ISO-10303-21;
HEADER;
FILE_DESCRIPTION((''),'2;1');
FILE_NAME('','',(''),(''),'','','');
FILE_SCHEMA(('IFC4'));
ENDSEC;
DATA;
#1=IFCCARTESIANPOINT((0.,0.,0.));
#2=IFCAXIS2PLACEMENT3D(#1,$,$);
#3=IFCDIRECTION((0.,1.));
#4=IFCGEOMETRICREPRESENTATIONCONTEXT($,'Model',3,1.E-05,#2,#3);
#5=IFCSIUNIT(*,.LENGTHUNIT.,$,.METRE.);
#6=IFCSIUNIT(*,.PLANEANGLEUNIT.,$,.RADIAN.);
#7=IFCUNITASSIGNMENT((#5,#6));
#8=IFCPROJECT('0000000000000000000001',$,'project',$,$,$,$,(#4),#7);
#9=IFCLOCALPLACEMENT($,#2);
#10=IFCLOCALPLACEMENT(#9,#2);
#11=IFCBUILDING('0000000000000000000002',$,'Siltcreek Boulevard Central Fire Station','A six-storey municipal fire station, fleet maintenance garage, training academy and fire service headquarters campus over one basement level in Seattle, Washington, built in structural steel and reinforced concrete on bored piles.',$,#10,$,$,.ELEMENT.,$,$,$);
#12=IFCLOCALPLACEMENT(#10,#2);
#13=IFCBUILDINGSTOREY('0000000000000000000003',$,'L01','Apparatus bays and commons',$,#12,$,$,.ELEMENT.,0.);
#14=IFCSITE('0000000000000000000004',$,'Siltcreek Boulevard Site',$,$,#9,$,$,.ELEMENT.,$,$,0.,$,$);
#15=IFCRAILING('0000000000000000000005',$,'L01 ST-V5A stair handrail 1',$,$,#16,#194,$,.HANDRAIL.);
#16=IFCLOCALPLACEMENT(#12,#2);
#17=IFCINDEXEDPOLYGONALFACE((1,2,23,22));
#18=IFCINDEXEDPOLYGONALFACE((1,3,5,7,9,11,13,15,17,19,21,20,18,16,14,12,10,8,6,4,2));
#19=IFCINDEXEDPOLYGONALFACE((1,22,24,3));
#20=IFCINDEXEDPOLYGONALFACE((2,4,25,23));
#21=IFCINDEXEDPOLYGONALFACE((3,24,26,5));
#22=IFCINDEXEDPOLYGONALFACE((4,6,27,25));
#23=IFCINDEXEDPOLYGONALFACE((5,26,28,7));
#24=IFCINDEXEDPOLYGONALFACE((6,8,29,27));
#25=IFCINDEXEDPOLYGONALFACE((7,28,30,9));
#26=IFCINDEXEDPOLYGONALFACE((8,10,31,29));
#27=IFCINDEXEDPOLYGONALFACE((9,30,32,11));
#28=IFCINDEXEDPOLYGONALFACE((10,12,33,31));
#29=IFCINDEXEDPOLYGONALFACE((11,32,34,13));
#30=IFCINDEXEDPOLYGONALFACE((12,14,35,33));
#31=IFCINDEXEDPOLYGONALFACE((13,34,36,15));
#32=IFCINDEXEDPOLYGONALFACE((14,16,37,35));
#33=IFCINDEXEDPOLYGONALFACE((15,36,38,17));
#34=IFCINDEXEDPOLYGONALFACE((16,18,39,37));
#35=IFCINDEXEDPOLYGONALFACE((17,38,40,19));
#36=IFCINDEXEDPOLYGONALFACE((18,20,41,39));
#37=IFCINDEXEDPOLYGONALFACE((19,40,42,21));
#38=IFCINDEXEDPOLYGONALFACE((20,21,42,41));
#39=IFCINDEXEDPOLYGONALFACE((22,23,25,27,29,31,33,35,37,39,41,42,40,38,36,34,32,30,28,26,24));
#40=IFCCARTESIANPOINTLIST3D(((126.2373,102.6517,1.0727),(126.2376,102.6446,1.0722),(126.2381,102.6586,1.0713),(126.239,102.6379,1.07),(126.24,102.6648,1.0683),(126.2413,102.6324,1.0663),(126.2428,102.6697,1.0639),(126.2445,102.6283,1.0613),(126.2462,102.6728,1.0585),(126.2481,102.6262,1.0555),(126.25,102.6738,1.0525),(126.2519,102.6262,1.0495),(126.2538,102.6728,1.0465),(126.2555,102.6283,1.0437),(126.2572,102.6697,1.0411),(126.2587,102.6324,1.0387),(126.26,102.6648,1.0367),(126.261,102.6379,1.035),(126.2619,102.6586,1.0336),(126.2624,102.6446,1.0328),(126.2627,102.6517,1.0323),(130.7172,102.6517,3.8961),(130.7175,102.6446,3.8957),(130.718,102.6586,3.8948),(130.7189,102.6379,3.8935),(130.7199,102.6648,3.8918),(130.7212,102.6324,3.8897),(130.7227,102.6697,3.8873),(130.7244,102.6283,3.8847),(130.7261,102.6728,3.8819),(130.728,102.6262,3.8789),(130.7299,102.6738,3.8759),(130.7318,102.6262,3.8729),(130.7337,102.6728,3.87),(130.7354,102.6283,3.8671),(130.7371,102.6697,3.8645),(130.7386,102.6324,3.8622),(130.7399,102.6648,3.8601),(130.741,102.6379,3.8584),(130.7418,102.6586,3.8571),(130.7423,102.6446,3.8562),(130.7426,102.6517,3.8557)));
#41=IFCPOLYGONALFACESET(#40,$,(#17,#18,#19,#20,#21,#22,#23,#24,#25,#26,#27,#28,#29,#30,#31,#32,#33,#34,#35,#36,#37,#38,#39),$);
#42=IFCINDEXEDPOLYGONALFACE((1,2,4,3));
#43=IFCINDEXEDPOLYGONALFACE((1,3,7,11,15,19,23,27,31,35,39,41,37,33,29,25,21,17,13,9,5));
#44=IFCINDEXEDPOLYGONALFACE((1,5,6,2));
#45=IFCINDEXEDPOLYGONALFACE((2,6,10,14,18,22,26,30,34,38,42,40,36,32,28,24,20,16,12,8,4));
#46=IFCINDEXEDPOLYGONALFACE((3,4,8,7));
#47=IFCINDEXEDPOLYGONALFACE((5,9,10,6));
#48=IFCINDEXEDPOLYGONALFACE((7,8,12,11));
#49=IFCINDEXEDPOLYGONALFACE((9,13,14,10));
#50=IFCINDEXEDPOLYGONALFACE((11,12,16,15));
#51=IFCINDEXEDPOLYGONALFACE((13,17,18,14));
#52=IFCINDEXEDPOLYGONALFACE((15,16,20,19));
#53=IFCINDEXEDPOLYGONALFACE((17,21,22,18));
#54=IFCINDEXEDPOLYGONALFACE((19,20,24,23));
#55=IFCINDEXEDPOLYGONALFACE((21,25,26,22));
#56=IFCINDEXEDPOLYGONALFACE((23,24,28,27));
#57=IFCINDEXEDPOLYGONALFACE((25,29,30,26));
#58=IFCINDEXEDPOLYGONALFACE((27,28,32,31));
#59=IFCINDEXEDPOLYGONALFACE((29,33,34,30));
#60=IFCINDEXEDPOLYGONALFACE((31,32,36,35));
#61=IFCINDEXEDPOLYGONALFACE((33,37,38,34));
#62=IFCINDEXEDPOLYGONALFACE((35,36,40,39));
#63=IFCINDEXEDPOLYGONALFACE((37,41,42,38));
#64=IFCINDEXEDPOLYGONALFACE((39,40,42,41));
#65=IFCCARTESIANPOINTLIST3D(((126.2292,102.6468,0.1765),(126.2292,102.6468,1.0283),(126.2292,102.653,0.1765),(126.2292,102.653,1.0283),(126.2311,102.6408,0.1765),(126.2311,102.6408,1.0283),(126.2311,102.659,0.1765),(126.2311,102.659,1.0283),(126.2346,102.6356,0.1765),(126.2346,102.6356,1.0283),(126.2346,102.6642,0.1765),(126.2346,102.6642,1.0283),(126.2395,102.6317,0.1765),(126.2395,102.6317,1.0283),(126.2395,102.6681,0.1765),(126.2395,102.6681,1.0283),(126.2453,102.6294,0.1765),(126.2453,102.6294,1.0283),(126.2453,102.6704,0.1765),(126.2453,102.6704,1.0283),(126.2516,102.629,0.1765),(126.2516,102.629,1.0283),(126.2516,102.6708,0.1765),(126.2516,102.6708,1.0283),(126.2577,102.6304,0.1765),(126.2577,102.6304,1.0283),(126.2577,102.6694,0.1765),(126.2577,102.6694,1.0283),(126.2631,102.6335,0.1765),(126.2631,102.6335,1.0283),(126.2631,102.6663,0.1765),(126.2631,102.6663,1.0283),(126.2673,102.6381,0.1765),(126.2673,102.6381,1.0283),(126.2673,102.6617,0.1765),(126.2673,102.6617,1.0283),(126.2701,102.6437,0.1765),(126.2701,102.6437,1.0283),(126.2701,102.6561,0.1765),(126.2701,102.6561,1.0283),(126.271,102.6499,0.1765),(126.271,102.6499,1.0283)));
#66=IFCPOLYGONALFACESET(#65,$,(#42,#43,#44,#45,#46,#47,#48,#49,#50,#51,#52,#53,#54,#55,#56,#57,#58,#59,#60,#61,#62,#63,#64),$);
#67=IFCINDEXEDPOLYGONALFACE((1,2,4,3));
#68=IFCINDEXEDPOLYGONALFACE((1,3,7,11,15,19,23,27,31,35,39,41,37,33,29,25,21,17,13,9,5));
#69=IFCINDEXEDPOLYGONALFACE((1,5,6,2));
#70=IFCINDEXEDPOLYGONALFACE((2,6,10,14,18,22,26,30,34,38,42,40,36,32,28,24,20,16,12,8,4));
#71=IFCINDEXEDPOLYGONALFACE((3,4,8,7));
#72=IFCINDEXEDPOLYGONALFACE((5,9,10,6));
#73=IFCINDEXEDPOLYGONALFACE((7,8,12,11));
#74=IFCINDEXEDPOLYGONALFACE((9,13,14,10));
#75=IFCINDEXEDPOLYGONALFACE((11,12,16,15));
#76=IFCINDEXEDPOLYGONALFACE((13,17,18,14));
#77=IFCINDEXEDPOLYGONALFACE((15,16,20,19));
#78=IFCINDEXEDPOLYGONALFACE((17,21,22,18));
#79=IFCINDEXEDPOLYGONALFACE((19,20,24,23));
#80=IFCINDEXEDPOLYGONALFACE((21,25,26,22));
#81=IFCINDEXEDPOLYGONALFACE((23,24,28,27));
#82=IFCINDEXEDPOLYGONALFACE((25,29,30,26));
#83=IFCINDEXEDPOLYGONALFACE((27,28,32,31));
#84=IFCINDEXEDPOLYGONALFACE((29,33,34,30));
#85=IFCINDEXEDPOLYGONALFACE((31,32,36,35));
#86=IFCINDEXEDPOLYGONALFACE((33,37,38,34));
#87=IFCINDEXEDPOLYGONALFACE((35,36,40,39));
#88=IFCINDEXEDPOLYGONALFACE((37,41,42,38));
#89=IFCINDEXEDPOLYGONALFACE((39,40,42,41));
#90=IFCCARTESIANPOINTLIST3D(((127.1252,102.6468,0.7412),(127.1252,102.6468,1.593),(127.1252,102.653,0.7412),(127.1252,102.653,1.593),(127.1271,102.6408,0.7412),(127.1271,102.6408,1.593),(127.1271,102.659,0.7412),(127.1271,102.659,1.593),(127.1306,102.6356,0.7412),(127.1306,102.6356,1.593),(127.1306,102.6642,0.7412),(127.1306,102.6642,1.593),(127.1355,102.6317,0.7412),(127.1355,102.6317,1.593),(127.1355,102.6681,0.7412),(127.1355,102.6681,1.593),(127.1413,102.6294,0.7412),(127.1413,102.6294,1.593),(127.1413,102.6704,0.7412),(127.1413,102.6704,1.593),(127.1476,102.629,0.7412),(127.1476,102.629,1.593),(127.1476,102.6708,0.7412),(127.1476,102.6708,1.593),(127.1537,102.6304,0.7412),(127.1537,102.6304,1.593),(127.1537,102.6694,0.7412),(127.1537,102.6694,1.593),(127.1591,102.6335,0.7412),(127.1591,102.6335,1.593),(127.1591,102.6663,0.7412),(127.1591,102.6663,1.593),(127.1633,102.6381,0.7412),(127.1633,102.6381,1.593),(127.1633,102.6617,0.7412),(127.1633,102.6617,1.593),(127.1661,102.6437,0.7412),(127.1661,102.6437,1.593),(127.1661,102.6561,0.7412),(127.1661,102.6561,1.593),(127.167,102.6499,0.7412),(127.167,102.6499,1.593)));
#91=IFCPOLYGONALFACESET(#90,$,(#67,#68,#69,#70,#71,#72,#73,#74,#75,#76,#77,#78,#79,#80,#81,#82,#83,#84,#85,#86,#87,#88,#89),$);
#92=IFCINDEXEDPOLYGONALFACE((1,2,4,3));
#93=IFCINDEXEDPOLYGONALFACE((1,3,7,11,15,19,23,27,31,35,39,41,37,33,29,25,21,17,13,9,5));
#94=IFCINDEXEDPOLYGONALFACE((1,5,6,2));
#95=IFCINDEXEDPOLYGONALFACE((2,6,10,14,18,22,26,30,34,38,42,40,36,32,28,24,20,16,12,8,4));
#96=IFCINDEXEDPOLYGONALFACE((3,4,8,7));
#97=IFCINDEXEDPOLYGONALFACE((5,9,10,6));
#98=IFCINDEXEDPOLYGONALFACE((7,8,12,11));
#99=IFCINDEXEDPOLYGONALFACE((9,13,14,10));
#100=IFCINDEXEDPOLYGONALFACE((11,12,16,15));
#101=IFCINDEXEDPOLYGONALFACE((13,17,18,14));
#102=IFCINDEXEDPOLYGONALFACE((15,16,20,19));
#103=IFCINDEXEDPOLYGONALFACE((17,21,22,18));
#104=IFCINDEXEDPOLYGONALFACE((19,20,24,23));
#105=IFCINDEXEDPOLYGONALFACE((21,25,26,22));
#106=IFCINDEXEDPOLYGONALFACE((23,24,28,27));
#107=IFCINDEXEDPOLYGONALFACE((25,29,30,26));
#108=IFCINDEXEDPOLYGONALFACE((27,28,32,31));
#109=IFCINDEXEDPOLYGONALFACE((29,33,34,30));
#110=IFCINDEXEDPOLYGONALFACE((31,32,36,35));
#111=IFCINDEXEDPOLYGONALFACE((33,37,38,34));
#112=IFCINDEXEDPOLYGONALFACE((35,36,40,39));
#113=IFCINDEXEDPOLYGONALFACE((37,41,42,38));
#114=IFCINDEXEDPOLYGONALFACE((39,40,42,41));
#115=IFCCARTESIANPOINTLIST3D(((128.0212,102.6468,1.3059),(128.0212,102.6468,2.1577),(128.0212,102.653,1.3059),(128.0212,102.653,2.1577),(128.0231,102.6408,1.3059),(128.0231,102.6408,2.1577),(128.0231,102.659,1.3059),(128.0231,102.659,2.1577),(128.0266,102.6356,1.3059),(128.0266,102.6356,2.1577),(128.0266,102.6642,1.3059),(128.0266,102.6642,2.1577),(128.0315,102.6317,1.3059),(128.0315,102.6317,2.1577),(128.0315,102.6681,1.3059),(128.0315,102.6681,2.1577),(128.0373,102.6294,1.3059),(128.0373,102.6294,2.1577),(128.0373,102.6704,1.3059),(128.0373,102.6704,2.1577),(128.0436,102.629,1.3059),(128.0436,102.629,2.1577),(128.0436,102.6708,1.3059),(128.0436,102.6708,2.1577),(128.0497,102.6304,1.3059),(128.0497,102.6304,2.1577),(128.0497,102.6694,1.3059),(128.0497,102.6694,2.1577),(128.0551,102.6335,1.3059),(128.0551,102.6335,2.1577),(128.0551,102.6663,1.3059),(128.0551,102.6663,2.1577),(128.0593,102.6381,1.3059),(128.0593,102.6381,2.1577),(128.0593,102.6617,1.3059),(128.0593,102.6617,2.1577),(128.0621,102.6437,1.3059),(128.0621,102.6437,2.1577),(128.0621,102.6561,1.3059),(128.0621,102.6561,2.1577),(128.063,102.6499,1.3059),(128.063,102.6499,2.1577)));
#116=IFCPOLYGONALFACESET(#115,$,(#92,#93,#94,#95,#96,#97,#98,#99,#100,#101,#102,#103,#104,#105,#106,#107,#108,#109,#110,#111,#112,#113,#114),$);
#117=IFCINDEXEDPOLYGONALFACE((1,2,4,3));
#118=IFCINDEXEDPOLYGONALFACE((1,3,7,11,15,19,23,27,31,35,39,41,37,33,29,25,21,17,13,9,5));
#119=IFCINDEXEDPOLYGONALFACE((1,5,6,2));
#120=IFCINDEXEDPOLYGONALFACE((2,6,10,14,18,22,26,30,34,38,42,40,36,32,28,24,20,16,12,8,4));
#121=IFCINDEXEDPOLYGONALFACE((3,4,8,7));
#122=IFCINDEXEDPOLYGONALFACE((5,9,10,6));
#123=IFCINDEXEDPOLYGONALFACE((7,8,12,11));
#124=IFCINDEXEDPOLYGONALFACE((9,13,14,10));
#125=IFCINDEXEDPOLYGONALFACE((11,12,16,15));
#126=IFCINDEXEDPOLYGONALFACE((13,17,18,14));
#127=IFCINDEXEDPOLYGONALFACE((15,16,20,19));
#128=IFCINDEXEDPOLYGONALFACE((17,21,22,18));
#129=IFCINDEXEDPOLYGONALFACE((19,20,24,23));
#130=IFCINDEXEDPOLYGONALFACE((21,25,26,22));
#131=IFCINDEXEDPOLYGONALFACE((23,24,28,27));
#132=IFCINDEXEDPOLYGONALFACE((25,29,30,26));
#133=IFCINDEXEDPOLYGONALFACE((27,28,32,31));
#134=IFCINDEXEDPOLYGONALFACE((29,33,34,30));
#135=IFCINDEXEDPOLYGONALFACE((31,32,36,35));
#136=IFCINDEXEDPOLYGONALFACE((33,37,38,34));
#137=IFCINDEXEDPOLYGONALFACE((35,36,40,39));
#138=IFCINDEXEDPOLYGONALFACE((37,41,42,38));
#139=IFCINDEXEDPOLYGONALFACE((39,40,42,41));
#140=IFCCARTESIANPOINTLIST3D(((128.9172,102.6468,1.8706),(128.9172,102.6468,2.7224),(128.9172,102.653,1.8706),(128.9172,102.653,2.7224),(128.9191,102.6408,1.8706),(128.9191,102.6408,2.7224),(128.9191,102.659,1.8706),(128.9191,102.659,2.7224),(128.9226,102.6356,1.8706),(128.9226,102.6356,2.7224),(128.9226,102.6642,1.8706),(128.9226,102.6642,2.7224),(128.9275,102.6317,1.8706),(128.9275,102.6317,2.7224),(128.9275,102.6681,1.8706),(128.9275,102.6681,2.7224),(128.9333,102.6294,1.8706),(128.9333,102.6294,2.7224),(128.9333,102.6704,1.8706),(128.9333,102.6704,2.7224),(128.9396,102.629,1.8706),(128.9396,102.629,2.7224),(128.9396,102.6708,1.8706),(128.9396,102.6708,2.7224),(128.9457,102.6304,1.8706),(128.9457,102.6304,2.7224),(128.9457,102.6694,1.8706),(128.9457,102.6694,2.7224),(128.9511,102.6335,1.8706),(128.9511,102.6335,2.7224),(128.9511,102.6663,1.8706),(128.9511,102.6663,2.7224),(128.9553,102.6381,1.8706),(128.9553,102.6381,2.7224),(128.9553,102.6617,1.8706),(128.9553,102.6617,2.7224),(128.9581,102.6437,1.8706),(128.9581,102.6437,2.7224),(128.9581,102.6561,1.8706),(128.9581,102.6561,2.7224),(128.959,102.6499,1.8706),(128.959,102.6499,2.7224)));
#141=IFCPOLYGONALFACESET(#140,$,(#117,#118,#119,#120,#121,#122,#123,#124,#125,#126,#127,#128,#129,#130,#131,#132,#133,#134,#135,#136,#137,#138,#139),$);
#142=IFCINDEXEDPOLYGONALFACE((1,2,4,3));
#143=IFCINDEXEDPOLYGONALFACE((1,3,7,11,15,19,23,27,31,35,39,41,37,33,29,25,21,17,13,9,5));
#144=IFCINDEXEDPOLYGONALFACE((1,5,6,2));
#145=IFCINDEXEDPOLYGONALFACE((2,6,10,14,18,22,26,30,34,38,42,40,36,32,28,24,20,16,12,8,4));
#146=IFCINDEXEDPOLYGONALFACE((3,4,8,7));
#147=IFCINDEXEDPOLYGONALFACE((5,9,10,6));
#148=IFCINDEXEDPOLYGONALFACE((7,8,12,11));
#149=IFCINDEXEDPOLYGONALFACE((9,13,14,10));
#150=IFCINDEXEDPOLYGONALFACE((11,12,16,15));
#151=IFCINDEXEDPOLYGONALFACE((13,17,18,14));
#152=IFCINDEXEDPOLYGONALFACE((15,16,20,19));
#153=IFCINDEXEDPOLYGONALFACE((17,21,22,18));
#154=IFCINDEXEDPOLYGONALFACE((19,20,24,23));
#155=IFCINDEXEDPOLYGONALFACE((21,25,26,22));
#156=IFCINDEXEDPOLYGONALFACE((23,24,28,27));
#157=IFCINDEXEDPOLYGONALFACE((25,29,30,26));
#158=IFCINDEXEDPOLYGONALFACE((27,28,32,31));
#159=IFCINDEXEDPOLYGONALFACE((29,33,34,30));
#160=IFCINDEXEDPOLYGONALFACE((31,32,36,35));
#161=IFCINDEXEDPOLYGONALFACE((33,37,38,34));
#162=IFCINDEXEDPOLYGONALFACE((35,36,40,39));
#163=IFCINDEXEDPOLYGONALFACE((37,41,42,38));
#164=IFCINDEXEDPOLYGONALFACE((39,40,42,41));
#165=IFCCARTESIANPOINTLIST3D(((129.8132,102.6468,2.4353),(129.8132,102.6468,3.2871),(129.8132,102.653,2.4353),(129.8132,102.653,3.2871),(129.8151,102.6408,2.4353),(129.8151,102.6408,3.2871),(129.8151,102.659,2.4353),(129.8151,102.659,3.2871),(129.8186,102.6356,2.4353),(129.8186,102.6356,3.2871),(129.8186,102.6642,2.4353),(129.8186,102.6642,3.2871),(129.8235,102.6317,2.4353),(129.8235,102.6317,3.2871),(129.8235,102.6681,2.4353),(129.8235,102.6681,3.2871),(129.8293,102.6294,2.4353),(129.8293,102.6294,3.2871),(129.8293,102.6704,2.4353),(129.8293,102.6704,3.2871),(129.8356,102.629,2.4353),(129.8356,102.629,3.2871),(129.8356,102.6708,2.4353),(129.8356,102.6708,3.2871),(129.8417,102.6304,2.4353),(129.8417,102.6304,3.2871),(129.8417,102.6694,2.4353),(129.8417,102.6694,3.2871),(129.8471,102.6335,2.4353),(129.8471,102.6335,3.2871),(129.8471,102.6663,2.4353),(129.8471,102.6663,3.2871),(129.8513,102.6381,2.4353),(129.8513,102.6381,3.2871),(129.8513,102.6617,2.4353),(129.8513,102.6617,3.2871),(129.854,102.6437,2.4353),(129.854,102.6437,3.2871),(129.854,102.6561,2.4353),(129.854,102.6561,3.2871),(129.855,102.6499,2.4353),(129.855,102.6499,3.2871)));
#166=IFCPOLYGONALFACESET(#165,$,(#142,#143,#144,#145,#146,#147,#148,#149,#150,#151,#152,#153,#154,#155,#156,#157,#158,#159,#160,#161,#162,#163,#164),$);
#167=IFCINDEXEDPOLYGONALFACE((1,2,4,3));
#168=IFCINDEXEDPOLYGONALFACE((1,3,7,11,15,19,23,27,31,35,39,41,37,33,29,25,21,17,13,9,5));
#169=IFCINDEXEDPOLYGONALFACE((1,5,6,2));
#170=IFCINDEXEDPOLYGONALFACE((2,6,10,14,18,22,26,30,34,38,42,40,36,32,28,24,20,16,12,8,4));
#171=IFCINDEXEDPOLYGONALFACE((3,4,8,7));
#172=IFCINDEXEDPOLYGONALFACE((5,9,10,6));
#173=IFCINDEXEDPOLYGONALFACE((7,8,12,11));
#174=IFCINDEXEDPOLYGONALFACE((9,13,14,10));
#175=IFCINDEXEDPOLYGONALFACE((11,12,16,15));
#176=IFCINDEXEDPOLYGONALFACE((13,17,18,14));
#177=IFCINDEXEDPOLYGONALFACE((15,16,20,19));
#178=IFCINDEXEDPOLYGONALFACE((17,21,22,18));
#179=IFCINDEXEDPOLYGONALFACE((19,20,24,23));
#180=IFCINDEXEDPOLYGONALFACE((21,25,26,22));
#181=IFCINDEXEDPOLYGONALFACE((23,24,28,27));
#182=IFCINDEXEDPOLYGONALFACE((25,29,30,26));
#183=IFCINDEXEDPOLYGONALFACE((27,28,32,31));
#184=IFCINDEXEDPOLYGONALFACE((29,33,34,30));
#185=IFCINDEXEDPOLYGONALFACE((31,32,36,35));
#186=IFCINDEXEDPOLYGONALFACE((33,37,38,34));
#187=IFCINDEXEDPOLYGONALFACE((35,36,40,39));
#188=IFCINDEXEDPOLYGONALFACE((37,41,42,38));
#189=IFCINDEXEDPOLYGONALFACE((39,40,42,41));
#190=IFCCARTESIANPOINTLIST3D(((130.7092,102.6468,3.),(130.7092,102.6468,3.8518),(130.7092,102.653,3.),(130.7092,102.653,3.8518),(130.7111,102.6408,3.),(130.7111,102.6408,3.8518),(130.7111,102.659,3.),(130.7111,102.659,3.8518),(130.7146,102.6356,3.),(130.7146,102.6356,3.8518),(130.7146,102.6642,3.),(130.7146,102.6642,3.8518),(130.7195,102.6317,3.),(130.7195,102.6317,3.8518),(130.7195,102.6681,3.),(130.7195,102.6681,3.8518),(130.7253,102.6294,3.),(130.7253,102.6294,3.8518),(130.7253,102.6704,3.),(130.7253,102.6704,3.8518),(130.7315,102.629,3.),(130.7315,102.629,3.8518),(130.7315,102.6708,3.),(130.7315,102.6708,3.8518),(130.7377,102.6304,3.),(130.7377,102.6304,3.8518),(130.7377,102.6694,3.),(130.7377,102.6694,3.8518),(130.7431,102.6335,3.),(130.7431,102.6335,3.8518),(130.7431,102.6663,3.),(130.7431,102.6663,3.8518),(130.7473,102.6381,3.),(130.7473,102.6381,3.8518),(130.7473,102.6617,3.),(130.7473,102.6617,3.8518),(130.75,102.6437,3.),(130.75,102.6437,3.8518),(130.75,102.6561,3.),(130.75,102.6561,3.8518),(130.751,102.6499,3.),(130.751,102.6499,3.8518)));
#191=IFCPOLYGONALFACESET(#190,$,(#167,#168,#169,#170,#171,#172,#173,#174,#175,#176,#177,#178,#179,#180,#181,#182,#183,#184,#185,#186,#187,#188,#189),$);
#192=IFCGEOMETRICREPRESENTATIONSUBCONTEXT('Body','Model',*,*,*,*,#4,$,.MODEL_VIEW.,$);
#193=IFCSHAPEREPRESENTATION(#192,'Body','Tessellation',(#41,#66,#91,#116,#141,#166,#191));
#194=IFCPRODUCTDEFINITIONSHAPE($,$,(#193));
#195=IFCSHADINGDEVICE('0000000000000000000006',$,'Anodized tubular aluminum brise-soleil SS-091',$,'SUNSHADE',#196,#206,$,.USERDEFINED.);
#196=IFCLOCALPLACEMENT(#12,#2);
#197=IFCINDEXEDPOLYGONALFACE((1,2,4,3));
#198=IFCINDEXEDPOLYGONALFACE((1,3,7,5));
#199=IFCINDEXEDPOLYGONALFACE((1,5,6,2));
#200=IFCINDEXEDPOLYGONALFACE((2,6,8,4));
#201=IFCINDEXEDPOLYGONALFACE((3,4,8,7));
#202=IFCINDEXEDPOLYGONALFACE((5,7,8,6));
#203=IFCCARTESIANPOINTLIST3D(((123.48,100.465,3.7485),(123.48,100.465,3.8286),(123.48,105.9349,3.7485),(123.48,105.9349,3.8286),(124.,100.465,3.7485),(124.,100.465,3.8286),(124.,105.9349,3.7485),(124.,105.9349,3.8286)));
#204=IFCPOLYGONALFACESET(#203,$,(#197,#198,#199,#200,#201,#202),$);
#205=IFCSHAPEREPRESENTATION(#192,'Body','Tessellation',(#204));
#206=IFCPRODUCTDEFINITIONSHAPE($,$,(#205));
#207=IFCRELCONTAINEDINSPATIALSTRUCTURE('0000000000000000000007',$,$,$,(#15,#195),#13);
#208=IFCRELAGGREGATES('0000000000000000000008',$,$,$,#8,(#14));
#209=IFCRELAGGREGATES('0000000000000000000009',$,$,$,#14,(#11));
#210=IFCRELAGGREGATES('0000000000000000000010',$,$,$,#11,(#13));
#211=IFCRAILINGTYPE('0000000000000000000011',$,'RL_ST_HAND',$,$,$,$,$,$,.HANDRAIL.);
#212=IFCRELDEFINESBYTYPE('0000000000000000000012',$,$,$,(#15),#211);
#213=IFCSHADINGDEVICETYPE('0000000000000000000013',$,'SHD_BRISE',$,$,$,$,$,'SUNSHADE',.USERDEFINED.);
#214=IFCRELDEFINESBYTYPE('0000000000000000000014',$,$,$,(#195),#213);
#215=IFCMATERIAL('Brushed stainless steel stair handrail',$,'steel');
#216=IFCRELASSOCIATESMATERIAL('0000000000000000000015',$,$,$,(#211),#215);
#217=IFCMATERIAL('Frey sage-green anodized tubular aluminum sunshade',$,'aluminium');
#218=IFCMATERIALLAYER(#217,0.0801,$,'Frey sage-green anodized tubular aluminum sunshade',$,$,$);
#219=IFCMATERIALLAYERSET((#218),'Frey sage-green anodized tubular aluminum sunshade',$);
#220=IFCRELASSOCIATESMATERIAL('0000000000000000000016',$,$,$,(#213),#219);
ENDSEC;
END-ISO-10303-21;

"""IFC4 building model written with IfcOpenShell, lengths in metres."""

from ifc_helpers import new_model, si_unit, direction, frame, origin, origin_2d, place, context, subcontext, project, spatial, rectangle, circle, extrude, material, layer, layer_set, type_object, element, save


model = new_model("IFC4")

# Units and contexts
model_context = context("Model", 3, precision=1e-05, world=origin(), true_north=direction((0.0, 1.0)))
body_context = subcontext(model_context, "Body", "Model", "MODEL_VIEW")
ifc_project = project(units=[si_unit("LENGTHUNIT", "METRE"), si_unit("PLANEANGLEUNIT", "RADIAN")], contexts=[model_context])

# Site, building, storey
site_placement = place(None, origin())
site = spatial("IfcSite", under=ifc_project, at=site_placement, Name="Siltcreek Boulevard Site", CompositionType="ELEMENT", RefElevation=0.0)
building_placement = place(site_placement, origin())
building = spatial("IfcBuilding", under=site, at=building_placement, Name="Siltcreek Boulevard Central Fire Station", Description="A six-storey municipal fire station, fleet maintenance garage, training academy and fire service headquarters campus over one basement level in Seattle, Washington, built in structural steel and reinforced concrete on bored piles.", CompositionType="ELEMENT")
storey_placement = place(building_placement, origin())
storey = spatial("IfcBuildingStorey", under=building, at=storey_placement, Name="L01", Description="Apparatus bays and commons", CompositionType="ELEMENT", Elevation=0.0)

# Railing
ifc_material_1 = material(Name="Brushed stainless steel stair handrail", Category="steel")
railing_type_1 = type_object("IfcRailingType", Name="RL_ST_HAND", PredefinedType="HANDRAIL", material=ifc_material_1)
railing_1_placement = place(storey_placement, frame((126.25, 102.6499, 0.1765)))
element("IfcRailing", 1, at=railing_1_placement, inside=storey, type_object=railing_type_1, Name="L01 ST-V5A stair handrail 1", PredefinedType="HANDRAIL", context=body_context, shape_type="SweptSolid", body=[
    extrude(circle(Radius=0.0239, at=origin_2d()), frame((0.0, 0.0, 0.876), z_axis=(0.845998, 0.0, 0.533186), x_axis=(0.0, 1.0, 0.0)), (0.0, 0.0, 1.0), 5.2954),
    extrude(circle(Radius=0.021, at=origin_2d()), origin(), (0.0, 0.0, 1.0), 0.8518),
    extrude(circle(Radius=0.021, at=origin_2d()), frame((0.896, 0.0, 0.5647)), (0.0, 0.0, 1.0), 0.8518),
    extrude(circle(Radius=0.021, at=origin_2d()), frame((1.792, 0.0, 1.1294)), (0.0, 0.0, 1.0), 0.8518),
    extrude(circle(Radius=0.021, at=origin_2d()), frame((2.688, 0.0, 1.6941)), (0.0, 0.0, 1.0), 0.8518),
    extrude(circle(Radius=0.021, at=origin_2d()), frame((3.584, 0.0, 2.2588)), (0.0, 0.0, 1.0), 0.8518),
    extrude(circle(Radius=0.021, at=origin_2d()), frame((4.48, 0.0, 2.8235)), (0.0, 0.0, 1.0), 0.8518),
])

# Shading device
ifc_material_2 = material(Name="Frey sage-green anodized tubular aluminum sunshade", Category="aluminium")
ifc_layer_1 = layer(ifc_material_2, 0.0801, Name="Frey sage-green anodized tubular aluminum sunshade")
ifc_layer_set_1 = layer_set([ifc_layer_1], Name="Frey sage-green anodized tubular aluminum sunshade")
shading_device_type = type_object("IfcShadingDeviceType", Name="SHD_BRISE", ElementType="SUNSHADE", PredefinedType="USERDEFINED", material=ifc_layer_set_1)
shading_device_placement = place(storey_placement, frame((123.74, 103.2, 3.7485), z_axis=(0.0, 0.0, 1.0), x_axis=(0.0, -1.0, 0.0)))
element("IfcShadingDevice", 2, at=shading_device_placement, inside=storey, type_object=shading_device_type, Name="Anodized tubular aluminum brise-soleil SS-091", ObjectType="SUNSHADE", PredefinedType="USERDEFINED", context=body_context, shape_type="SweptSolid", body=[
    extrude(rectangle(XDim=5.47, YDim=0.52, at=origin_2d()), origin(), (0.0, 0.0, 1.0), 0.0801),
])

save(model, "model.ifc")
